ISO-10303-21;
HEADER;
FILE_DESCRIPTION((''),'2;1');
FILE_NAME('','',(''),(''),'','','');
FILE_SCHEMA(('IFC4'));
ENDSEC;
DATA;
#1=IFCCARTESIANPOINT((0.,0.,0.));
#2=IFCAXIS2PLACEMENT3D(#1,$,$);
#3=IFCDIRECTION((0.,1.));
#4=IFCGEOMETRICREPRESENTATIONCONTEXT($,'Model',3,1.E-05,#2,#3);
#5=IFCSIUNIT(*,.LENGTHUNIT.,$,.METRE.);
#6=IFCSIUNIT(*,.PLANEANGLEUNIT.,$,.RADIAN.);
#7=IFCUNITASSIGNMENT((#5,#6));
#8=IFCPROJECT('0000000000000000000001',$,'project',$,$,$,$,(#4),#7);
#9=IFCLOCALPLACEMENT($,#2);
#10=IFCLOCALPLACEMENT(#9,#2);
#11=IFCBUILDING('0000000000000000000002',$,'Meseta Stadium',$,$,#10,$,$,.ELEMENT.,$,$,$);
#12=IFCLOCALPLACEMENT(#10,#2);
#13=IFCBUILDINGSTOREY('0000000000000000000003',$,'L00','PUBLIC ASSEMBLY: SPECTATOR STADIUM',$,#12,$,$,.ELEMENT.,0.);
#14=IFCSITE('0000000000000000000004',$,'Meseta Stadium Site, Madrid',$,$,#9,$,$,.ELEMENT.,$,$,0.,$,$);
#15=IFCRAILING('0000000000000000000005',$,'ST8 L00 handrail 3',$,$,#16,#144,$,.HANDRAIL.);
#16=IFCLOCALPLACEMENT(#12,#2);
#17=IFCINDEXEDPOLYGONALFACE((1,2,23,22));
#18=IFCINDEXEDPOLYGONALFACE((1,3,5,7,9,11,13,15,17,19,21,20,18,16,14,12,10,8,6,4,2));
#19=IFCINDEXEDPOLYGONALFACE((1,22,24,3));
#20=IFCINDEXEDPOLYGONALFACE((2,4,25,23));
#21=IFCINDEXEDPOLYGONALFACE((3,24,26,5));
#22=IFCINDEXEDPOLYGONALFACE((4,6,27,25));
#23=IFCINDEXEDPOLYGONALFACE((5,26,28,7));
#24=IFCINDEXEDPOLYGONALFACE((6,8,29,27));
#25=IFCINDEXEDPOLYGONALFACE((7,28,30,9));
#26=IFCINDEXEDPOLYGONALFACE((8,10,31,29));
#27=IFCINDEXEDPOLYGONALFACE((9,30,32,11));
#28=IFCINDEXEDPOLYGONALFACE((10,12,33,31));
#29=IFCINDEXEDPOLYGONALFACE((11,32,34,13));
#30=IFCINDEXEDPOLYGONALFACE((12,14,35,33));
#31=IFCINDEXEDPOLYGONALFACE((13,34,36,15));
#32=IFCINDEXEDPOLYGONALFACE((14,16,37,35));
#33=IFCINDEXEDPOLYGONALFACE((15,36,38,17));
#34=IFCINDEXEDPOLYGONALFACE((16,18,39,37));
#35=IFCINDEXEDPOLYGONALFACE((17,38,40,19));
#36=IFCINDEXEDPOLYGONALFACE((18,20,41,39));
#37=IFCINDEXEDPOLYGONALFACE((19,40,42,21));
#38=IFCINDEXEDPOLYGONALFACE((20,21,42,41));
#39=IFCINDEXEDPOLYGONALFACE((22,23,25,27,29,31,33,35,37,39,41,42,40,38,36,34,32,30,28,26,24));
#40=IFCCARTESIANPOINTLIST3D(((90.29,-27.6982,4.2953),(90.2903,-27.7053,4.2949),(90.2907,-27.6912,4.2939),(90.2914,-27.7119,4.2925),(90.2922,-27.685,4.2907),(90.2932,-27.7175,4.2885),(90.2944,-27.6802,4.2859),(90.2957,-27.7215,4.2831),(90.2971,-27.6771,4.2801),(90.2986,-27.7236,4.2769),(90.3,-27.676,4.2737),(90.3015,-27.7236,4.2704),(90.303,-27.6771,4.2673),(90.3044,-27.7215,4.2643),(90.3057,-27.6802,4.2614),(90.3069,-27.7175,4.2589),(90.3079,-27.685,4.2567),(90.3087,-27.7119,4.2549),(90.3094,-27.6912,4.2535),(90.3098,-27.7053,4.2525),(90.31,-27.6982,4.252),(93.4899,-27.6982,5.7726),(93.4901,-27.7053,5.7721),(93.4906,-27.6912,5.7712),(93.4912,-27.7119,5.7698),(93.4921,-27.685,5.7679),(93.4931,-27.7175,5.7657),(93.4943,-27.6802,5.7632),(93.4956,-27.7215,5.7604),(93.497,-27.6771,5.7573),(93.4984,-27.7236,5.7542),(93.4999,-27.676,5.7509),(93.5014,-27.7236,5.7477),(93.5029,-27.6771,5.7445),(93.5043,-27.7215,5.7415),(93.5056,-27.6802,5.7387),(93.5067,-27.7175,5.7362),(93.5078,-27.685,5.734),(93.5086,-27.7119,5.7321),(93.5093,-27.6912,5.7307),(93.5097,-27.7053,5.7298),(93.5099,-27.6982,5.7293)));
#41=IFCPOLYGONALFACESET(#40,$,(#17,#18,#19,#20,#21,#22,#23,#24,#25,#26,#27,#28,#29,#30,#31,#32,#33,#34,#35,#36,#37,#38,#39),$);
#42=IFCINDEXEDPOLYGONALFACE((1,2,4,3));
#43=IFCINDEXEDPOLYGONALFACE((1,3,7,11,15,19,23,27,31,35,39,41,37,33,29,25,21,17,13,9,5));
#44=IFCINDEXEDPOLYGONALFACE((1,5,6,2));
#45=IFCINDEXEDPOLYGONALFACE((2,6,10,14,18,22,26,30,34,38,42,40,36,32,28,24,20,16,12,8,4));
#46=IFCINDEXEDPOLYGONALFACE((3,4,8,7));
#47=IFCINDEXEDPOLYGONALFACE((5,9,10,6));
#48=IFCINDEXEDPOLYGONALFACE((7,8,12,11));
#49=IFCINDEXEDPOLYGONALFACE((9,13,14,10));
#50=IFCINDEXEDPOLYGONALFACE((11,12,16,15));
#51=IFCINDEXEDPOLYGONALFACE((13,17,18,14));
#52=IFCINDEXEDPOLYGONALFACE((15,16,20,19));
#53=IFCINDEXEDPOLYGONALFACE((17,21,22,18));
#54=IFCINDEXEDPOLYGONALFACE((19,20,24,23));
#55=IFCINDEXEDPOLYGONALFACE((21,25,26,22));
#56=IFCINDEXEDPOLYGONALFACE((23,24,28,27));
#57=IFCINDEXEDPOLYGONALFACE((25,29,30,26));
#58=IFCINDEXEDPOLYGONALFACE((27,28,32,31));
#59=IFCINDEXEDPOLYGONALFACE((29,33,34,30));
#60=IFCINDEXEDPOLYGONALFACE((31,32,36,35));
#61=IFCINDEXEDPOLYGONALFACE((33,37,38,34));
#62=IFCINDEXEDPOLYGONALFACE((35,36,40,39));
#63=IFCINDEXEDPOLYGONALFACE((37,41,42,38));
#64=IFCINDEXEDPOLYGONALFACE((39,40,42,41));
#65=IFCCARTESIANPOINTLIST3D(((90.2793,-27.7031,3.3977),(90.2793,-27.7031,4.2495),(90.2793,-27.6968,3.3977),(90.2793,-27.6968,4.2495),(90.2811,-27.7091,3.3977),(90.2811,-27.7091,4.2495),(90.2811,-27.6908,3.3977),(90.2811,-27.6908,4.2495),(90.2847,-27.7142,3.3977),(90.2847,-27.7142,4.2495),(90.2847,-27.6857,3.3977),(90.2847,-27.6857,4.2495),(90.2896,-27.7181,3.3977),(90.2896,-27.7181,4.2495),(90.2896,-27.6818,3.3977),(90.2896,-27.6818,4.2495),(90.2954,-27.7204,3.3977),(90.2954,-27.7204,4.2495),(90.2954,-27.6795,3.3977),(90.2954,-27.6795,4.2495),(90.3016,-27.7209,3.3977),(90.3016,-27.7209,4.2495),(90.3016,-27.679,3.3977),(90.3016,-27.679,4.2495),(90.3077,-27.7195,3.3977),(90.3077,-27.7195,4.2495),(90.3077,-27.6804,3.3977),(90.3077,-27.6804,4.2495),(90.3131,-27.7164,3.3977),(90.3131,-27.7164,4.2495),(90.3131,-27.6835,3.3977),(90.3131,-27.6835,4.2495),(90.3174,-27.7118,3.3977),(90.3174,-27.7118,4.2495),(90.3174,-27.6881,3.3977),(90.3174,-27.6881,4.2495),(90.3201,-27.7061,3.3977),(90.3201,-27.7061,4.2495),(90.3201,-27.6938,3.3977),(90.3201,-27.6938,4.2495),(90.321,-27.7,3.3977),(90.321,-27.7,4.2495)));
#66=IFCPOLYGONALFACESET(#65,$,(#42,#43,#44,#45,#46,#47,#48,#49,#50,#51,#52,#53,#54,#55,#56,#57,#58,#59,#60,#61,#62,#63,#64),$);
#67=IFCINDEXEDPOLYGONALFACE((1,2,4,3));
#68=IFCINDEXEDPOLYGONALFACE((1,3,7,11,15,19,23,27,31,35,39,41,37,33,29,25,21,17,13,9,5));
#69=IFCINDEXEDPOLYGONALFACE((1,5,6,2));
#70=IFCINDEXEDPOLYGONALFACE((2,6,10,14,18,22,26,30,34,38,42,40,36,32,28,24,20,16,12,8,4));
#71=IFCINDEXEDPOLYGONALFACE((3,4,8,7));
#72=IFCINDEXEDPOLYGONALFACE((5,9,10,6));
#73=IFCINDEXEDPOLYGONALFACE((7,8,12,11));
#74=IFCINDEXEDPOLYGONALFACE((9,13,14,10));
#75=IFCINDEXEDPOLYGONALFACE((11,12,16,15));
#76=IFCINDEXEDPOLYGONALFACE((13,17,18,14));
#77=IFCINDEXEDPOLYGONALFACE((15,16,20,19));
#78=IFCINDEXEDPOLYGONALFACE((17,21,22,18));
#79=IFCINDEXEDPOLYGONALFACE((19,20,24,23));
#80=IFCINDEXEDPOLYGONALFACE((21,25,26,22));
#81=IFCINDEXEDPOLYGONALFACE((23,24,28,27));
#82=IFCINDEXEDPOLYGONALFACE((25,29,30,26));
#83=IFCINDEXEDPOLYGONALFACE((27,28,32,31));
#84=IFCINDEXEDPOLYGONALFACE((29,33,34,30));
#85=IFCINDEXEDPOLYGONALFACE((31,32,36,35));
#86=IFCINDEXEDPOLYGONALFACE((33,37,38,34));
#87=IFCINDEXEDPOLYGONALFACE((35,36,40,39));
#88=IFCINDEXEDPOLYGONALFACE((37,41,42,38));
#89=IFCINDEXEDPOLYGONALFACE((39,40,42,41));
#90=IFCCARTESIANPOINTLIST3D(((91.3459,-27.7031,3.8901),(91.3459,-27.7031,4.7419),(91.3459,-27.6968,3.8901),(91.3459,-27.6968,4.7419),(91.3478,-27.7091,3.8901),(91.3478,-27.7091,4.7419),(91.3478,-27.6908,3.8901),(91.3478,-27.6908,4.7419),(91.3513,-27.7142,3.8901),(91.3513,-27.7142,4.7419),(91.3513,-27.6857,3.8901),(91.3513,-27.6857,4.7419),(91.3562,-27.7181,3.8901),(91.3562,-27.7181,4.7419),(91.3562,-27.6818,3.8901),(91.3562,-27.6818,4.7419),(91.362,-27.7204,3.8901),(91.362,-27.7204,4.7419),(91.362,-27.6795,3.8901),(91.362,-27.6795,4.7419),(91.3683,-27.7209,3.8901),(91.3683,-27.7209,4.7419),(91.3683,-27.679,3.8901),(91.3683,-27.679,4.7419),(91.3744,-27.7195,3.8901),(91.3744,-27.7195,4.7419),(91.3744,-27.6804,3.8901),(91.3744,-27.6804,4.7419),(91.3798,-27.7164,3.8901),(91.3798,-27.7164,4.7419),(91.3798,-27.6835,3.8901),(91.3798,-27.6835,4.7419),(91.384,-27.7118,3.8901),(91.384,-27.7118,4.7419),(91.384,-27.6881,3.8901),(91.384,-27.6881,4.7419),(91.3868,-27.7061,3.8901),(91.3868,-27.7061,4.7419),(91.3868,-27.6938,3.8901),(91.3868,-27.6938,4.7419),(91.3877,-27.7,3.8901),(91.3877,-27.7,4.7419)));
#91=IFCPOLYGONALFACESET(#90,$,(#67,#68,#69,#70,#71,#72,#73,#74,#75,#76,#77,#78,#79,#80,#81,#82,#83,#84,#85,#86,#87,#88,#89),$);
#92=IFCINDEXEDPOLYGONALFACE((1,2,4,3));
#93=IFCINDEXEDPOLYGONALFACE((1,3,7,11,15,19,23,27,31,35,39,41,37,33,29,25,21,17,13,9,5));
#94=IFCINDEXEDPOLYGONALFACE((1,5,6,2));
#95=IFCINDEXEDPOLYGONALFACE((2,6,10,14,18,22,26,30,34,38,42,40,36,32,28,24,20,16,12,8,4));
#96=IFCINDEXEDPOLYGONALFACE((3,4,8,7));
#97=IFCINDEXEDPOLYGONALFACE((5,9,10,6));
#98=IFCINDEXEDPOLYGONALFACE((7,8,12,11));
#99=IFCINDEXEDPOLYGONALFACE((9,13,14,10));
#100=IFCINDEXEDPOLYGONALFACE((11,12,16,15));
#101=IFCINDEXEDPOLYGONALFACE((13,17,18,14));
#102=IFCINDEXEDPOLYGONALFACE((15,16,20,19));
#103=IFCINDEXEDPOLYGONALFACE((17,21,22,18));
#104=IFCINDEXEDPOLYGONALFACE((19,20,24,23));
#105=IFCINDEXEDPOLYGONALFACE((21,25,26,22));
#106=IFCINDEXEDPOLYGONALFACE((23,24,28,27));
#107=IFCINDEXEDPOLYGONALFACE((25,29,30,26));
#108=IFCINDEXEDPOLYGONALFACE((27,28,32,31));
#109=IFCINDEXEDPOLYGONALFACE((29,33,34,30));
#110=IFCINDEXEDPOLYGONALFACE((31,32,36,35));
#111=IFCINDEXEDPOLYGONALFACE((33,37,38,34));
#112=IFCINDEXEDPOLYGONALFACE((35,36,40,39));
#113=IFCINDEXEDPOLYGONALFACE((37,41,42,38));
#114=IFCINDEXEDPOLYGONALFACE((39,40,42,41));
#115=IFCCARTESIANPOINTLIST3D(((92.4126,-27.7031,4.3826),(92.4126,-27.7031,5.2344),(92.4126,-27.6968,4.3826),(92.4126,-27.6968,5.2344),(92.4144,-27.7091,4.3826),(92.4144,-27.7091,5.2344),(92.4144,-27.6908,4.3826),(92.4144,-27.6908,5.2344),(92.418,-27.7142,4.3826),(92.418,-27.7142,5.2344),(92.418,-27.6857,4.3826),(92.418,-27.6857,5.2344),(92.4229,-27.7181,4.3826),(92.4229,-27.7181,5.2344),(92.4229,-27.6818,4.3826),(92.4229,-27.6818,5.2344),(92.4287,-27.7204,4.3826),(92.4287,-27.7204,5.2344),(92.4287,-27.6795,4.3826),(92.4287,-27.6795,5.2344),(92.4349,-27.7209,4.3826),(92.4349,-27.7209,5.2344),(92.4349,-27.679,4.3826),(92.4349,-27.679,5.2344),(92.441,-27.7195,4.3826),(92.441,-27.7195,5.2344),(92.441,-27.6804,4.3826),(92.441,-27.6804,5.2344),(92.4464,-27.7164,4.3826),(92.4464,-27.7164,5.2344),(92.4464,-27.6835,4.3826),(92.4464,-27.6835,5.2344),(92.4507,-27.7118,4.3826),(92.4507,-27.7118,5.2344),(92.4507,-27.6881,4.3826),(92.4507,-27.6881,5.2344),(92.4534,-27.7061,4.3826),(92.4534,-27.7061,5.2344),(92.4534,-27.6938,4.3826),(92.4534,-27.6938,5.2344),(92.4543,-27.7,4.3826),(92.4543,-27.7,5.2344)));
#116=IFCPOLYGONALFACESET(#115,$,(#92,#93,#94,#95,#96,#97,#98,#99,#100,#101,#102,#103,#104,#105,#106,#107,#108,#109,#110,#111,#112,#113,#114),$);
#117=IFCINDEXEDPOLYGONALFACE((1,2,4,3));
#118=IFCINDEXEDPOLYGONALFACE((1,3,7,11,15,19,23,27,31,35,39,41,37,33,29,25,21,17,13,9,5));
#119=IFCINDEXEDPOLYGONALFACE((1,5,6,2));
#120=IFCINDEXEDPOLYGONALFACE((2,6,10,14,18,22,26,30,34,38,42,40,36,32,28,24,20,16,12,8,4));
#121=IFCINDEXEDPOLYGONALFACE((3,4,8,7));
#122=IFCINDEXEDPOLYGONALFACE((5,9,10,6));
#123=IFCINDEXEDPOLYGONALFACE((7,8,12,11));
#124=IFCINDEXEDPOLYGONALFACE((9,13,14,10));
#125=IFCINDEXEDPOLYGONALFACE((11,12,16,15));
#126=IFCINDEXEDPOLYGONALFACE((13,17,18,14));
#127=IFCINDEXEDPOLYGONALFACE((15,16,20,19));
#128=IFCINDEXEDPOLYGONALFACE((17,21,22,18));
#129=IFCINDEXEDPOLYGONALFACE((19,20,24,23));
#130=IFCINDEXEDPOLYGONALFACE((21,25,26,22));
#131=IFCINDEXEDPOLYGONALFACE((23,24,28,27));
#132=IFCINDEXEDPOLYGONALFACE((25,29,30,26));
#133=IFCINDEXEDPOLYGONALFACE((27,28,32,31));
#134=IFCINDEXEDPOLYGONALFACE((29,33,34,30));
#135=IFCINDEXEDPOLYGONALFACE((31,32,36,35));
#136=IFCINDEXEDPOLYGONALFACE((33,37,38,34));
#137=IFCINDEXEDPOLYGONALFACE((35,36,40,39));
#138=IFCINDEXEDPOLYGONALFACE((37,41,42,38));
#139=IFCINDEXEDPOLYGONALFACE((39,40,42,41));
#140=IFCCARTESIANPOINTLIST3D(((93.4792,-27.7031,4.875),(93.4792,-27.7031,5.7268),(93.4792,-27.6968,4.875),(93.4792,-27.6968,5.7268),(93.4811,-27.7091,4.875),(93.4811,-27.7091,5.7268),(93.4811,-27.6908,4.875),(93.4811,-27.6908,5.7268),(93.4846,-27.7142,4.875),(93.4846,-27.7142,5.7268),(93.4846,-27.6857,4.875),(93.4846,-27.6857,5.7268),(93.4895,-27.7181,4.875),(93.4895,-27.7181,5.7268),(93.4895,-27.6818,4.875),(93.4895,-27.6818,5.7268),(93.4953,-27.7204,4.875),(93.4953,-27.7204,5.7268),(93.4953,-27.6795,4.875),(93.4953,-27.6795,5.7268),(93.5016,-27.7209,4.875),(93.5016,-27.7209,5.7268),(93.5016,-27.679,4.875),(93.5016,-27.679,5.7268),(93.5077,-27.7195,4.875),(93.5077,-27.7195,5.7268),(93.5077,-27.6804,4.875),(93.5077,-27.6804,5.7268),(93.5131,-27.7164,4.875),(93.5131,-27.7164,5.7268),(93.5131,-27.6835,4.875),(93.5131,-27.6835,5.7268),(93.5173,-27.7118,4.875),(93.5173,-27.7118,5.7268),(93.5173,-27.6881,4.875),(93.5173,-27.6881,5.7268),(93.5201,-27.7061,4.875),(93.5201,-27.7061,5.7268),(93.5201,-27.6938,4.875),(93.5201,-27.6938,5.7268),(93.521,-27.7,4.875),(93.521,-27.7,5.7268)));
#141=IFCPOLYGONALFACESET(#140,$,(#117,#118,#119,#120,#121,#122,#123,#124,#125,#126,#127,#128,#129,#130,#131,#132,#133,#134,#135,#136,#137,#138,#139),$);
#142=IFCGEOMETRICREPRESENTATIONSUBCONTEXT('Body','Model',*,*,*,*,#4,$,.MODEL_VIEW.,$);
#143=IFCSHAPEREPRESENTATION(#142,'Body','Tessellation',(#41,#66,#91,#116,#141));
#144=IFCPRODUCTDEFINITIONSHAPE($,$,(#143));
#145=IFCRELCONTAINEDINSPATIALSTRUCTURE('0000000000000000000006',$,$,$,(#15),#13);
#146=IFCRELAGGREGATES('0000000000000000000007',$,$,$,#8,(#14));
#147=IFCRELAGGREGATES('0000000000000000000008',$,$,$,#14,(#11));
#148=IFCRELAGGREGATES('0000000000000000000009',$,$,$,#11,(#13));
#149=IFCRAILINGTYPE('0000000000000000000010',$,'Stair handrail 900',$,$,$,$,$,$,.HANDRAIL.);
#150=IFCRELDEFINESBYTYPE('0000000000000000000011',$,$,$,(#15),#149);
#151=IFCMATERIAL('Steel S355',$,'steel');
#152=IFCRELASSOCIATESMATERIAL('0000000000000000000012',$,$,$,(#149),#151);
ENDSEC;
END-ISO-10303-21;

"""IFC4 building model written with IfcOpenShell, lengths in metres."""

from ifc_helpers import new_model, si_unit, direction, frame, origin, origin_2d, place, context, subcontext, project, spatial, circle, extrude, material, type_object, element, save


model = new_model("IFC4")

# Units and contexts
model_context = context("Model", 3, precision=1e-05, world=origin(), true_north=direction((0.0, 1.0)))
body_context = subcontext(model_context, "Body", "Model", "MODEL_VIEW")
ifc_project = project(units=[si_unit("LENGTHUNIT", "METRE"), si_unit("PLANEANGLEUNIT", "RADIAN")], contexts=[model_context])

# Site, building, storey
site_placement = place(None, origin())
site = spatial("IfcSite", under=ifc_project, at=site_placement, Name="Meseta Stadium Site, Madrid", CompositionType="ELEMENT", RefElevation=0.0)
building_placement = place(site_placement, origin())
building = spatial("IfcBuilding", under=site, at=building_placement, Name="Meseta Stadium", CompositionType="ELEMENT")
storey_placement = place(building_placement, origin())
storey = spatial("IfcBuildingStorey", under=building, at=storey_placement, Name="L00", Description="PUBLIC ASSEMBLY: SPECTATOR STADIUM", CompositionType="ELEMENT", Elevation=0.0)

# Railing
ifc_material_1 = material(Name="Steel S355", Category="steel")
railing_type_1 = type_object("IfcRailingType", Name="Stair handrail 900", PredefinedType="HANDRAIL", material=ifc_material_1)
railing_1_placement = place(storey_placement, frame((90.3, -27.7, 3.3977)))
element("IfcRailing", 1, at=railing_1_placement, inside=storey, type_object=railing_type_1, Name="ST8 L00 handrail 3", PredefinedType="HANDRAIL", context=body_context, shape_type="SweptSolid", body=[
    extrude(circle(Radius=0.0239, at=origin_2d()), frame((0.0, 0.0, 0.876), z_axis=(0.907917, 0.0, 0.41915), x_axis=(0.0, 1.0, 0.0)), (0.0, 0.0, 1.0), 3.5244),
    extrude(circle(Radius=0.021, at=origin_2d()), origin(), (0.0, 0.0, 1.0), 0.8518),
    extrude(circle(Radius=0.021, at=origin_2d()), frame((1.0667, 0.0, 0.4924)), (0.0, 0.0, 1.0), 0.8518),
    extrude(circle(Radius=0.021, at=origin_2d()), frame((2.1333, 0.0, 0.9849)), (0.0, 0.0, 1.0), 0.8518),
    extrude(circle(Radius=0.021, at=origin_2d()), frame((3.2, 0.0, 1.4773)), (0.0, 0.0, 1.0), 0.8518),
])

save(model, "model.ifc")
